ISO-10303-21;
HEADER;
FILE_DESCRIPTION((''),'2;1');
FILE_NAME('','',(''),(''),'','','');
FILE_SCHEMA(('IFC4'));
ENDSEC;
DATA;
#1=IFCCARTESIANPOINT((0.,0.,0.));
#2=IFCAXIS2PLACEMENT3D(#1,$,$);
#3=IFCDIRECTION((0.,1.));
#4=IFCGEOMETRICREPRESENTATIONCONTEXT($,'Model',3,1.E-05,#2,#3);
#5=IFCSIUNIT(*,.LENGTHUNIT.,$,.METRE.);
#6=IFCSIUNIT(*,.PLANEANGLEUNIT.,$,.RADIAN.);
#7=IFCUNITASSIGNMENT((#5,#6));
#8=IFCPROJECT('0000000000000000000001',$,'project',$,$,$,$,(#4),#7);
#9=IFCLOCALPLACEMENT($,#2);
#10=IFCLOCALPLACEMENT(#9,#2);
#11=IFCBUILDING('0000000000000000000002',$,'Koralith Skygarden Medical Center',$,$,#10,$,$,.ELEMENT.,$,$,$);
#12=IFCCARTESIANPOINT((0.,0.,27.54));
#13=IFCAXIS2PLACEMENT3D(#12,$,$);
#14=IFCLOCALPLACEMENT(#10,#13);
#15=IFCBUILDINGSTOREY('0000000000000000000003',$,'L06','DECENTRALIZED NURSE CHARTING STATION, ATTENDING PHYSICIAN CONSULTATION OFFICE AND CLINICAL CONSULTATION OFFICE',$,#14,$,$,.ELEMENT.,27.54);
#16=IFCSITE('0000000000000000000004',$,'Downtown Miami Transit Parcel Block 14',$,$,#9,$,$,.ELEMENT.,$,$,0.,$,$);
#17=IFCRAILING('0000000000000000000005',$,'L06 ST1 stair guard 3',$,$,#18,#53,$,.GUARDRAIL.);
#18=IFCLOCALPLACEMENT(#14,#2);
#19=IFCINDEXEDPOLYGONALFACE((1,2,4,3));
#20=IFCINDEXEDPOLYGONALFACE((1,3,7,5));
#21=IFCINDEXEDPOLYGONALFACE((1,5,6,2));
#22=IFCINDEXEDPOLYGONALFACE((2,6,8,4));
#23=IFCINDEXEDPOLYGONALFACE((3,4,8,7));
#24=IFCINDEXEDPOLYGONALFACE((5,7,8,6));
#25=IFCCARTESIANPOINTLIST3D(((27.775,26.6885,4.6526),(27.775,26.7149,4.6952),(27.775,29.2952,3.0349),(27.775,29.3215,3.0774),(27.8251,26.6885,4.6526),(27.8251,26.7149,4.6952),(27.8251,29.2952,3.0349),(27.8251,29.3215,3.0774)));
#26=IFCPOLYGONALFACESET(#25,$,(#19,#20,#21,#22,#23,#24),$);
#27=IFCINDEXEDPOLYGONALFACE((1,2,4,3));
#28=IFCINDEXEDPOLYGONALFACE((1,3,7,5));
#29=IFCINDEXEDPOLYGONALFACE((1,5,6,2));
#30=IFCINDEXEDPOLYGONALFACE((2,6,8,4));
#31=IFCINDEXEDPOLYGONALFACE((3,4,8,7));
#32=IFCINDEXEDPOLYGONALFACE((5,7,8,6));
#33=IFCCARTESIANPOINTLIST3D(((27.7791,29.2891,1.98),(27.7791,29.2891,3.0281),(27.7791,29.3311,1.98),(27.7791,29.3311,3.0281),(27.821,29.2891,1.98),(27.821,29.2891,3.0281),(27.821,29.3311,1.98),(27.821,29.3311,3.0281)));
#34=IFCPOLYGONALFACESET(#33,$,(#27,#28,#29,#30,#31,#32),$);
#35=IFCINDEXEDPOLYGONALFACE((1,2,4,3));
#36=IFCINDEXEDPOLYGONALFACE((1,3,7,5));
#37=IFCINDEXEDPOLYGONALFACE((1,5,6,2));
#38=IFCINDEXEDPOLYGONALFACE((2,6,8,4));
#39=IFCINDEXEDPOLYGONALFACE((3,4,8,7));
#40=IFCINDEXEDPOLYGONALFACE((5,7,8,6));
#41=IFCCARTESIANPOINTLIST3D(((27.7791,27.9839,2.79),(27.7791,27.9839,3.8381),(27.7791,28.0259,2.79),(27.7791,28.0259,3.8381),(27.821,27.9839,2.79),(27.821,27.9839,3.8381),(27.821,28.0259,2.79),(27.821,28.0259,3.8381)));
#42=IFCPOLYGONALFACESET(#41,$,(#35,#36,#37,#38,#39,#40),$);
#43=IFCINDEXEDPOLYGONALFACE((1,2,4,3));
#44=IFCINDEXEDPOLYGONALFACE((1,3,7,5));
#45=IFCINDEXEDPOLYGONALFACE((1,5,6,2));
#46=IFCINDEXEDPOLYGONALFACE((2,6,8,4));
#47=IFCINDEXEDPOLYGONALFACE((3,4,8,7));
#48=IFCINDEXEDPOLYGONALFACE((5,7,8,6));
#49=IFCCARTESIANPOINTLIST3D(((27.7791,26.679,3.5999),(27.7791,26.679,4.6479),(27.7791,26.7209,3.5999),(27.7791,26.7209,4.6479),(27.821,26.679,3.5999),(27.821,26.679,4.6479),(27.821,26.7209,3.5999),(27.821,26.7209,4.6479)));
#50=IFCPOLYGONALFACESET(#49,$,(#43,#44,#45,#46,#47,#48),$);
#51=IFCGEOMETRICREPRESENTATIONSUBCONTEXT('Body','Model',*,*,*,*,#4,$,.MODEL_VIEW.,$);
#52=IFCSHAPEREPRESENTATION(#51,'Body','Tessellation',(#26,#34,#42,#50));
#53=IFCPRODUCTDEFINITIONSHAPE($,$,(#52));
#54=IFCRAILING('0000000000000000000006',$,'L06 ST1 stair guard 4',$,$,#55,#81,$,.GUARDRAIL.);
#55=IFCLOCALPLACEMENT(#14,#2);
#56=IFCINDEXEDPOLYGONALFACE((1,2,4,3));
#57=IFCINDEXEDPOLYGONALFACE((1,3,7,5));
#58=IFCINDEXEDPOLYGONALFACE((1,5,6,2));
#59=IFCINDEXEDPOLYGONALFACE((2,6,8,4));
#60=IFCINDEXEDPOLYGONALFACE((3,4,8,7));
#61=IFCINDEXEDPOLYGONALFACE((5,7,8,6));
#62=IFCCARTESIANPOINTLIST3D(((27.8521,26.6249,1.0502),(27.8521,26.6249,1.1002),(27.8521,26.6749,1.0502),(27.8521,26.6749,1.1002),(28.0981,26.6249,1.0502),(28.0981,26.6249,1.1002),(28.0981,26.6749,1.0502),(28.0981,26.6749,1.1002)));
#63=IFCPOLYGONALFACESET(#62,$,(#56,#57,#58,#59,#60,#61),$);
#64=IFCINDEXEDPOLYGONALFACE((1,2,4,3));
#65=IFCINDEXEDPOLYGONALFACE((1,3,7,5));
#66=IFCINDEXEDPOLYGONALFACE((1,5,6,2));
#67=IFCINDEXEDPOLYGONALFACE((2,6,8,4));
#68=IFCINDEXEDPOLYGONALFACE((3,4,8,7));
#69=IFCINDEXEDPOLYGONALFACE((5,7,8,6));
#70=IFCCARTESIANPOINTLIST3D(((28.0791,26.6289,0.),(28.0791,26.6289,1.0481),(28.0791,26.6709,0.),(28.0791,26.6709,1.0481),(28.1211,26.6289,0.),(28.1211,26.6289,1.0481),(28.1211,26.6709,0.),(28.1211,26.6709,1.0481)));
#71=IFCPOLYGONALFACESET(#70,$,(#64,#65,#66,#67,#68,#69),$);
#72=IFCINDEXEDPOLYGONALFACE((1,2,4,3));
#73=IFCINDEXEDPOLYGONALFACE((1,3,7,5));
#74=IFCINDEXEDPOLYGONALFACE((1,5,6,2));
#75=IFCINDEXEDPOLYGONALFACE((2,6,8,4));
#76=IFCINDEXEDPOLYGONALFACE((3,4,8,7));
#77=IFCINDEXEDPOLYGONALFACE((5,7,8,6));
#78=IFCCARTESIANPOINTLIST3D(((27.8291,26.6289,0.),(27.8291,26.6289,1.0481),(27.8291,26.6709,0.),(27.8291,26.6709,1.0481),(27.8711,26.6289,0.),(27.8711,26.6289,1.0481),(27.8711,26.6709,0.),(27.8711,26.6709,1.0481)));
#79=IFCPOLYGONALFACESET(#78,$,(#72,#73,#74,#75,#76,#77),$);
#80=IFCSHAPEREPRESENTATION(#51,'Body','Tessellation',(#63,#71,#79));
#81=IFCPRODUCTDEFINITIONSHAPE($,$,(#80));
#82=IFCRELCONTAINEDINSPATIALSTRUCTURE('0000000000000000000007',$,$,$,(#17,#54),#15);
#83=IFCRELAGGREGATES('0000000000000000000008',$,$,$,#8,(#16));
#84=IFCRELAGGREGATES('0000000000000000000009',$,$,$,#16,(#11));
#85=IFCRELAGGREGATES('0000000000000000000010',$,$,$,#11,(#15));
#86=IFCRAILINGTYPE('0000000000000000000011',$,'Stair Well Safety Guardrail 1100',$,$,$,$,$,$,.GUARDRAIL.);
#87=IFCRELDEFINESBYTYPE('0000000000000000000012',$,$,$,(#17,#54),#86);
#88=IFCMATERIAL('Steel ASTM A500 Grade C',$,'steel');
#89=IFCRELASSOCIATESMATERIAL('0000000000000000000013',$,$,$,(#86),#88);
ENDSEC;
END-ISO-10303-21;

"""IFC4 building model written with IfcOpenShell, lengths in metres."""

from ifc_helpers import new_model, si_unit, direction, frame, origin, origin_2d, place, context, subcontext, project, spatial, rectangle, extrude, material, type_object, element, save


model = new_model("IFC4")

# Units and contexts
model_context = context("Model", 3, precision=1e-05, world=origin(), true_north=direction((0.0, 1.0)))
body_context = subcontext(model_context, "Body", "Model", "MODEL_VIEW")
ifc_project = project(units=[si_unit("LENGTHUNIT", "METRE"), si_unit("PLANEANGLEUNIT", "RADIAN")], contexts=[model_context])

# Site, building, storey
site_placement = place(None, origin())
site = spatial("IfcSite", under=ifc_project, at=site_placement, Name="Downtown Miami Transit Parcel Block 14", CompositionType="ELEMENT", RefElevation=0.0)
building_placement = place(site_placement, origin())
building = spatial("IfcBuilding", under=site, at=building_placement, Name="Koralith Skygarden Medical Center", CompositionType="ELEMENT")
storey_placement = place(building_placement, frame((0.0, 0.0, 27.54)))
storey = spatial("IfcBuildingStorey", under=building, at=storey_placement, Name="L06", Description="DECENTRALIZED NURSE CHARTING STATION, ATTENDING PHYSICIAN CONSULTATION OFFICE AND CLINICAL CONSULTATION OFFICE", CompositionType="ELEMENT", Elevation=27.54)

# Shared definitions
ifc_material_1 = material(Name="Steel ASTM A500 Grade C", Category="steel")

# Railings
railing_type_1 = type_object("IfcRailingType", Name="Stair Well Safety Guardrail 1100", PredefinedType="GUARDRAIL", material=ifc_material_1)
railing_1_placement = place(storey_placement, frame((27.8, 29.3101, 1.98)))
element("IfcRailing", 1, at=railing_1_placement, inside=storey, type_object=railing_type_1, Name="L06 ST1 stair guard 3", PredefinedType="GUARDRAIL", context=body_context, shape_type="SweptSolid", body=[
    extrude(rectangle(XDim=0.05, YDim=0.05, at=origin_2d()), frame((0.0, -0.0017, 1.0762), z_axis=(0.0, -0.849668, 0.527317), x_axis=(1.0, 0.0, 0.0)), (0.0, 0.0, 1.0), 3.0679),
    extrude(rectangle(XDim=0.042, YDim=0.042, at=origin_2d()), origin(), (0.0, 0.0, 1.0), 1.0481),
    extrude(rectangle(XDim=0.042, YDim=0.042, at=origin_2d()), frame((0.0, -1.3052, 0.8101)), (0.0, 0.0, 1.0), 1.0481),
    extrude(rectangle(XDim=0.042, YDim=0.042, at=origin_2d()), frame((0.0, -2.6101, 1.6199)), (0.0, 0.0, 1.0), 1.0481),
])
railing_2_placement = place(storey_placement, frame((28.1001, 26.6499, 0.0)))
element("IfcRailing", 2, at=railing_2_placement, inside=storey, type_object=railing_type_1, Name="L06 ST1 stair guard 4", PredefinedType="GUARDRAIL", context=body_context, shape_type="SweptSolid", body=[
    extrude(rectangle(XDim=0.05, YDim=0.05, at=origin_2d()), frame((-0.002, 0.0, 1.0752), z_axis=(-1.0, 0.0, 0.0), x_axis=(0.0, -1.0, 0.0)), (0.0, 0.0, 1.0), 0.2461),
    extrude(rectangle(XDim=0.042, YDim=0.042, at=origin_2d()), origin(), (0.0, 0.0, 1.0), 1.0481),
    extrude(rectangle(XDim=0.042, YDim=0.042, at=origin_2d()), frame((-0.25, 0.0, 0.0)), (0.0, 0.0, 1.0), 1.0481),
])

save(model, "model.ifc")
